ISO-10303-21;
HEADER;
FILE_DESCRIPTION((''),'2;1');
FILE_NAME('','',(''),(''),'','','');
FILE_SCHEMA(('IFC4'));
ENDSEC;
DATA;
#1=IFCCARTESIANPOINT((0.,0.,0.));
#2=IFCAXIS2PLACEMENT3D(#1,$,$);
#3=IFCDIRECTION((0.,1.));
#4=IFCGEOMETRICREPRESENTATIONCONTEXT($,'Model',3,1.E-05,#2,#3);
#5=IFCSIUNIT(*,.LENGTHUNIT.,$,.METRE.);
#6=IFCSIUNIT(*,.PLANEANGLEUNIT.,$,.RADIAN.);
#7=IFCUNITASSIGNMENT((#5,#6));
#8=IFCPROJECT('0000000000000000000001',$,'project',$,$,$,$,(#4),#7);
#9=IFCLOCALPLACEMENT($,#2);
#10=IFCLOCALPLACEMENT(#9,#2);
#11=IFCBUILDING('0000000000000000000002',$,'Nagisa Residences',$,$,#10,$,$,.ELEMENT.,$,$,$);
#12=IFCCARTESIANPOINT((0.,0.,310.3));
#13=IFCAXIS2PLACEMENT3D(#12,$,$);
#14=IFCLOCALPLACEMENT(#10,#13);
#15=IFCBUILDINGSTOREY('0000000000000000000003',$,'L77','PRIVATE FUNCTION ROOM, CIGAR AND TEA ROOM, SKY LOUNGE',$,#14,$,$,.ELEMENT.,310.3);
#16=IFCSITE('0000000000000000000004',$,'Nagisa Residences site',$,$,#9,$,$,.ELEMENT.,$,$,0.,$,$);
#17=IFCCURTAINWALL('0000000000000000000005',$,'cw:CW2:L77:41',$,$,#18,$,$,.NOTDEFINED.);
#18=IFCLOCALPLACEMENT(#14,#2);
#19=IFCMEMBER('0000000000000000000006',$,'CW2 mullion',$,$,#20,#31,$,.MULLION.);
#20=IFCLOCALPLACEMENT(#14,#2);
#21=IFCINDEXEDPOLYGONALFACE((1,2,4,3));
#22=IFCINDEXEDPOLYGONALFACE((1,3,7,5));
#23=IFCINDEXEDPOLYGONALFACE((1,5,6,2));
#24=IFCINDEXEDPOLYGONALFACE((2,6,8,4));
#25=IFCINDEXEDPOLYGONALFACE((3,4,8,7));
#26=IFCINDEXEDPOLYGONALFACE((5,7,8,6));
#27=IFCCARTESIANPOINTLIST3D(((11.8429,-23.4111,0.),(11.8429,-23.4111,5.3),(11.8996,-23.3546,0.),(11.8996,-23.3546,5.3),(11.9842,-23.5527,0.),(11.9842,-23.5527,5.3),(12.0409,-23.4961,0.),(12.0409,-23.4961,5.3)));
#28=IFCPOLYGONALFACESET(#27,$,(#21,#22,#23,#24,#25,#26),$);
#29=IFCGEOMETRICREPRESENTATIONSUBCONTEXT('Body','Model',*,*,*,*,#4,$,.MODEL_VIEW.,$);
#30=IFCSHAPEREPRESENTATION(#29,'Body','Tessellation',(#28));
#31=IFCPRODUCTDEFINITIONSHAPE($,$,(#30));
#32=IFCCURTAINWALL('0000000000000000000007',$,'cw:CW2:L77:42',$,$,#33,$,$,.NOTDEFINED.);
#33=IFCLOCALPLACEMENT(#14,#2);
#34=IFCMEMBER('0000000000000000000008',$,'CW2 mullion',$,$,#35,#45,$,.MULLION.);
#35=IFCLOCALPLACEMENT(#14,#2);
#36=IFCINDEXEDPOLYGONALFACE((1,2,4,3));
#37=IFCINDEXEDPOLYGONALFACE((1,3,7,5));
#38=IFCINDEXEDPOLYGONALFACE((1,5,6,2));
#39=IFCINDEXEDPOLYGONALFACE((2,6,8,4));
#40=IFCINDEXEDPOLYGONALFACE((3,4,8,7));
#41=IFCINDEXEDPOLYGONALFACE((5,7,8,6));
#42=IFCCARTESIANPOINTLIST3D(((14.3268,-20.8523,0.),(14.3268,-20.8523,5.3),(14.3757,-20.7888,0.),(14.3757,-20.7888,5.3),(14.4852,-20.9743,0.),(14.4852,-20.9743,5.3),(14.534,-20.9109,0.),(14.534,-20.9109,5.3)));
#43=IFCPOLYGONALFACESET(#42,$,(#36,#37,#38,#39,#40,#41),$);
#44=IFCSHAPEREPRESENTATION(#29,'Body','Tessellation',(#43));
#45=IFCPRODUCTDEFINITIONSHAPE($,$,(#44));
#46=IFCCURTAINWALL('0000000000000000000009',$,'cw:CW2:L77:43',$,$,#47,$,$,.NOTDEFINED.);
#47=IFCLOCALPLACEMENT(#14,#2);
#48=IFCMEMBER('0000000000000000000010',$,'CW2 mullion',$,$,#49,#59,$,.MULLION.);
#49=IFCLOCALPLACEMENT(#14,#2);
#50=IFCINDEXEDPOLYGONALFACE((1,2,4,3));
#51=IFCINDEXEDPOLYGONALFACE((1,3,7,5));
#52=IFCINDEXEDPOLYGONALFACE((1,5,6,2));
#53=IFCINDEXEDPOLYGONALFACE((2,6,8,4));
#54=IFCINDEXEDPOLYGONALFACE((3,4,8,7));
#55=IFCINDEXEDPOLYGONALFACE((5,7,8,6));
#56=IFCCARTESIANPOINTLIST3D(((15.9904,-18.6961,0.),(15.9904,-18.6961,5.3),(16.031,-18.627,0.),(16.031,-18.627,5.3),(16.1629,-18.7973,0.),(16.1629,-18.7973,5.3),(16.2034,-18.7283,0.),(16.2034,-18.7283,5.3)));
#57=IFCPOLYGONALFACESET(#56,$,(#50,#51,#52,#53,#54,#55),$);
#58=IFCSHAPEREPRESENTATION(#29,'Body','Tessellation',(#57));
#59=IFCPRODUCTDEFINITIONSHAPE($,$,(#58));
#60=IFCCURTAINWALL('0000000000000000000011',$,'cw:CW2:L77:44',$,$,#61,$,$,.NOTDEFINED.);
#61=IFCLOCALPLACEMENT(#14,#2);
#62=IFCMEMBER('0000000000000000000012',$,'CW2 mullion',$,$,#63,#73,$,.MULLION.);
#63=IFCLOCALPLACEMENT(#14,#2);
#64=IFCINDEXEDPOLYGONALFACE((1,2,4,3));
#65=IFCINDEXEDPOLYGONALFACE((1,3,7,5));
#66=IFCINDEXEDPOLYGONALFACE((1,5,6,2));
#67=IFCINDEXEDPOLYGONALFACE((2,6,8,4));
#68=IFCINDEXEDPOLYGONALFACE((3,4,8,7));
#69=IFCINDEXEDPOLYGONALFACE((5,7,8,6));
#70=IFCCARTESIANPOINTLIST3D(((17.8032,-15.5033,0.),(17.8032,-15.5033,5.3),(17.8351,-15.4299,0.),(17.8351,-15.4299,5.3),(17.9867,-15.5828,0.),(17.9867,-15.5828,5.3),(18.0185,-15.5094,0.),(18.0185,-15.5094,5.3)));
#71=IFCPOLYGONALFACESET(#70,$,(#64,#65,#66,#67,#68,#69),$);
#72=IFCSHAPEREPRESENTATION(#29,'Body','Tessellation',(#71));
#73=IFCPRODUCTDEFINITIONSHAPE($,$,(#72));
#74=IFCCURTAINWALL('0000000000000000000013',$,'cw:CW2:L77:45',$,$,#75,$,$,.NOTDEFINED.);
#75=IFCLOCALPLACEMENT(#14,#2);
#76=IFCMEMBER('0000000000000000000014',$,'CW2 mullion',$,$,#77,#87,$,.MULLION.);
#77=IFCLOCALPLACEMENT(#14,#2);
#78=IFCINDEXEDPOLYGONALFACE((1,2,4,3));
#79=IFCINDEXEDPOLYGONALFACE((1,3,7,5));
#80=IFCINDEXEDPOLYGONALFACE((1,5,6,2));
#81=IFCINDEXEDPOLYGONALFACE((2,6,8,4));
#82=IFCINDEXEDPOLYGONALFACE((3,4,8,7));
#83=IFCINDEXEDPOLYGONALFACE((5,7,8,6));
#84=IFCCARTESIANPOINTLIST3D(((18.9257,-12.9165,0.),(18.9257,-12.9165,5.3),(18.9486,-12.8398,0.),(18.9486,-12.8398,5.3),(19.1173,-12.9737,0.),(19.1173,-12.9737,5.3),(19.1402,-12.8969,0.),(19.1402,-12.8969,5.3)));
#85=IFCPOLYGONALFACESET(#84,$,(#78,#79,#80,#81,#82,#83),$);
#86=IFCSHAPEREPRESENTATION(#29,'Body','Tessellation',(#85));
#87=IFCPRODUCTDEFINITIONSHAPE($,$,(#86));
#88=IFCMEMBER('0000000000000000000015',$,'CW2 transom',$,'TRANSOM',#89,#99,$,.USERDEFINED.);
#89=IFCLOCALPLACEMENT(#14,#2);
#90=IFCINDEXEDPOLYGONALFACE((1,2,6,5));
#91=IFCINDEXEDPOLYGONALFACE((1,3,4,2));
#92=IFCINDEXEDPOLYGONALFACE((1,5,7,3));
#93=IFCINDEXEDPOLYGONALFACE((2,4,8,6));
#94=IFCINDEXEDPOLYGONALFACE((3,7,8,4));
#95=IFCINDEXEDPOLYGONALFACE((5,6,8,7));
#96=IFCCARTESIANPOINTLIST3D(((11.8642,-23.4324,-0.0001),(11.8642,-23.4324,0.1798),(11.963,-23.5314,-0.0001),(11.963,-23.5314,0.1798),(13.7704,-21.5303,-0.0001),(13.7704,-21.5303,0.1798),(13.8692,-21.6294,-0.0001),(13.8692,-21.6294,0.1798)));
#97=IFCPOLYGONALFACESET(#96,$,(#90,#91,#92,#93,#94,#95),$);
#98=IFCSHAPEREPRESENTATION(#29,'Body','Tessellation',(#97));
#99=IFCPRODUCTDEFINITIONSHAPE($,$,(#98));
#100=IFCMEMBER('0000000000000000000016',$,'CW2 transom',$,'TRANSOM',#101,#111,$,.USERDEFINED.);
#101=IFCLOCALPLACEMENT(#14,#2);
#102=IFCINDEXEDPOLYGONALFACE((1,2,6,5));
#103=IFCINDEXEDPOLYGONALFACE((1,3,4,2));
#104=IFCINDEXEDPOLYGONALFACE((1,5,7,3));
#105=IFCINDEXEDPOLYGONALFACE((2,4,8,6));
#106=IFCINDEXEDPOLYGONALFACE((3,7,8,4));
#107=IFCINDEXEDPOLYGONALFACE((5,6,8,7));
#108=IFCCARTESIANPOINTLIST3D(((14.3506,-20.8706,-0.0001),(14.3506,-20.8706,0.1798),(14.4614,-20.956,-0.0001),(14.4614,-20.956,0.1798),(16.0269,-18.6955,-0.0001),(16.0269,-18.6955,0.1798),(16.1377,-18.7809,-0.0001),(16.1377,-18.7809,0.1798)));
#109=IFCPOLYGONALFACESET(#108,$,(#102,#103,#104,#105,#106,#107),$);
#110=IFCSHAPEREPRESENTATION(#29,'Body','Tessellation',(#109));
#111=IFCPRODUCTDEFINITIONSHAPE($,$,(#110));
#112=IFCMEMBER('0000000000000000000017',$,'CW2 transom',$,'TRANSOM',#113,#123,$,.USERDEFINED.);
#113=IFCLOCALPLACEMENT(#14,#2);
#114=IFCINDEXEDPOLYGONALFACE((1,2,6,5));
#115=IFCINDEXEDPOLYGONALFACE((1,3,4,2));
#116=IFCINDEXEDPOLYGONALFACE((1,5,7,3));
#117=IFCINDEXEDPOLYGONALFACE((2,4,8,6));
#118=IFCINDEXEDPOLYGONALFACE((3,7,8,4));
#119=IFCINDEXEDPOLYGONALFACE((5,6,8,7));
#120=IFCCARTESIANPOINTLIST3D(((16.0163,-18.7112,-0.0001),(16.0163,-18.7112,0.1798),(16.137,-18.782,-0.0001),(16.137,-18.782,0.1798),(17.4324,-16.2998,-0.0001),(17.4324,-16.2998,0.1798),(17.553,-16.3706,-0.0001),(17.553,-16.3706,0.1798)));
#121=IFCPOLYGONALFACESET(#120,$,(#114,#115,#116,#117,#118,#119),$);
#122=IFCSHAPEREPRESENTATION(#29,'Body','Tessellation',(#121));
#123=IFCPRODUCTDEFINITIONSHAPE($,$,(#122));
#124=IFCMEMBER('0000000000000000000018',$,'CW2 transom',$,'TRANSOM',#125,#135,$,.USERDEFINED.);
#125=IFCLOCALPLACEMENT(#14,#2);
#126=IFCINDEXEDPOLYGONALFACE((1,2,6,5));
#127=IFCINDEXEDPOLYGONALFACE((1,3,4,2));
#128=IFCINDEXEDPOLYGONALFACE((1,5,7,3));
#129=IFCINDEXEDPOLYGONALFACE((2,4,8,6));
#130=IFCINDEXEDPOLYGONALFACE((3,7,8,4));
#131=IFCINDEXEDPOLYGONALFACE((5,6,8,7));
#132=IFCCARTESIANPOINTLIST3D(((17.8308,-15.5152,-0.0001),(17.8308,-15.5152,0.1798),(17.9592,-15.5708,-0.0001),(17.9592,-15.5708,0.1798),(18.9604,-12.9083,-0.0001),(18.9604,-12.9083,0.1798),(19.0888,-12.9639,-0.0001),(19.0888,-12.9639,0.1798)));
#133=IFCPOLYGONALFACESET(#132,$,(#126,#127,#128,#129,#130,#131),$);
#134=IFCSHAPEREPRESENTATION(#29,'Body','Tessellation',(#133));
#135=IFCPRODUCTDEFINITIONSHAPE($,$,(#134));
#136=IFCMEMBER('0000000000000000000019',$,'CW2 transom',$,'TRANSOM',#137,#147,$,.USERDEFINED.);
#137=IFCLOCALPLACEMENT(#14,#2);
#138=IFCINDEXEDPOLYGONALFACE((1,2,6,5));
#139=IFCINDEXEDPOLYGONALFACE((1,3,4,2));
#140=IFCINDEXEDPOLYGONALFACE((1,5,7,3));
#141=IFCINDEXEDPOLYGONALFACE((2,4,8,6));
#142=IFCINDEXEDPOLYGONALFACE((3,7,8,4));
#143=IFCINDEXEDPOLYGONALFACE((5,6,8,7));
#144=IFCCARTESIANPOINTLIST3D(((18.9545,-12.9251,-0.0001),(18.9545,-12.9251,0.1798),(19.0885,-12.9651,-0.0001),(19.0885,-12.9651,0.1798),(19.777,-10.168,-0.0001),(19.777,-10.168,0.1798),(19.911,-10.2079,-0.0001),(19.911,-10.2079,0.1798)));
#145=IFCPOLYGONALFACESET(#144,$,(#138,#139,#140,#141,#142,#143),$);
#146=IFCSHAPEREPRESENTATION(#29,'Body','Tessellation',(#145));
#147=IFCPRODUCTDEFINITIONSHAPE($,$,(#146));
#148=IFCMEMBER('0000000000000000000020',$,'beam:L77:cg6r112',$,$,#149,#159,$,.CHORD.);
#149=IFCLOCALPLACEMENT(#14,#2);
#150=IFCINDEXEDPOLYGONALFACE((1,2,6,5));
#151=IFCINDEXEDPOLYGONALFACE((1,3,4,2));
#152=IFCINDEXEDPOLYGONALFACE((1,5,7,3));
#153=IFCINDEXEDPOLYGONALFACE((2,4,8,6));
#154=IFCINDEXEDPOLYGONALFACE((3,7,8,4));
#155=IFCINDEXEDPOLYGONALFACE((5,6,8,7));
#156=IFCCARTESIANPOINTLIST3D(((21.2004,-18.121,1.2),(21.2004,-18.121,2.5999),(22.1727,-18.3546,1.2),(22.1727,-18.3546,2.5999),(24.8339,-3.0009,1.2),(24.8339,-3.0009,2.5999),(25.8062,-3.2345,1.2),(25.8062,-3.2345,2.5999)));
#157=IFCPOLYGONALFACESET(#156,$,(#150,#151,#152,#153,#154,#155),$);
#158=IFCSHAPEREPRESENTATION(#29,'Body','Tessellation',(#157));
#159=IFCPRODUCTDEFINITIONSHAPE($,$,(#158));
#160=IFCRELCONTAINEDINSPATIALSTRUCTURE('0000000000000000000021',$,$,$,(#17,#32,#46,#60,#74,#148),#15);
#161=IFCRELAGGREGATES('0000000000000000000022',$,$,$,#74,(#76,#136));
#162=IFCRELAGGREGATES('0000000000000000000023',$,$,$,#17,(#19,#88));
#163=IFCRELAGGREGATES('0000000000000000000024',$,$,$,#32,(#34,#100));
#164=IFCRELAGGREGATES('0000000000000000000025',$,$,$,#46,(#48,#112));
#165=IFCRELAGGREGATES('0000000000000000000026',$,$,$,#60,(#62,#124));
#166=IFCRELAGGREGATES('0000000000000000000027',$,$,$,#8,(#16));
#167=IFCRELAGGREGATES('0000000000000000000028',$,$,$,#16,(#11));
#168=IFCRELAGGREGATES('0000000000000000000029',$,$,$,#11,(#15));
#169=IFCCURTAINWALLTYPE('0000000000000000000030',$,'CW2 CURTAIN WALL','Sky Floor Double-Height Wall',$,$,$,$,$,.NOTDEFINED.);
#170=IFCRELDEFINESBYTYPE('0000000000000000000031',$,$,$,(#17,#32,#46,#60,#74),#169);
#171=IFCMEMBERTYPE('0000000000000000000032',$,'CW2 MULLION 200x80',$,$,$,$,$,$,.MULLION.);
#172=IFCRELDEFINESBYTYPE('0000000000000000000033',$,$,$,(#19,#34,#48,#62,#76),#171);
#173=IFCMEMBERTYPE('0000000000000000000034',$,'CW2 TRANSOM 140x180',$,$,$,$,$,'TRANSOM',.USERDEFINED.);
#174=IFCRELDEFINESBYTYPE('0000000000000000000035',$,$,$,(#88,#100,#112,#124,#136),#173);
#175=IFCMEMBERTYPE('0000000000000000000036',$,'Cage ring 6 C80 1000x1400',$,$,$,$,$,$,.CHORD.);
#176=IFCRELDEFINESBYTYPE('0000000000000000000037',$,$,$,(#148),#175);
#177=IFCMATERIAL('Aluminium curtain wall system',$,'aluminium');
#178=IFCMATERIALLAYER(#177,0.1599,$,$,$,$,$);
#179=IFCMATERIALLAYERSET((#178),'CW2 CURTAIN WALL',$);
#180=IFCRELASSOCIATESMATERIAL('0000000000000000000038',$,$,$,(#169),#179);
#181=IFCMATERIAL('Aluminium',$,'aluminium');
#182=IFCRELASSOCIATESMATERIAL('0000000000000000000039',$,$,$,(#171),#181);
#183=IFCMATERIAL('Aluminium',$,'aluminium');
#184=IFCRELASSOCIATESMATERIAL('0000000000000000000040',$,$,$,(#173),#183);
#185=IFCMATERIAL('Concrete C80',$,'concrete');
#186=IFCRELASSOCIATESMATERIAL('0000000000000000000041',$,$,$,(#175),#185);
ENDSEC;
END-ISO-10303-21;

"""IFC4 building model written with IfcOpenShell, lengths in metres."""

from ifc_helpers import new_model, si_unit, direction, frame, origin, origin_2d, place, context, subcontext, project, spatial, rectangle, extrude, material, layer, layer_set, material_profile, profile_set, type_object, element, aggregate, save


model = new_model("IFC4")

# Units and contexts
model_context = context("Model", 3, precision=1e-05, world=origin(), true_north=direction((0.0, 1.0)))
body_context = subcontext(model_context, "Body", "Model", "MODEL_VIEW")
ifc_project = project(units=[si_unit("LENGTHUNIT", "METRE"), si_unit("PLANEANGLEUNIT", "RADIAN")], contexts=[model_context])

# Site, building, storey
site_placement = place(None, origin())
site = spatial("IfcSite", under=ifc_project, at=site_placement, Name="Nagisa Residences site", CompositionType="ELEMENT", RefElevation=0.0)
building_placement = place(site_placement, origin())
building = spatial("IfcBuilding", under=site, at=building_placement, Name="Nagisa Residences", CompositionType="ELEMENT")
storey_placement = place(building_placement, frame((0.0, 0.0, 310.3)))
storey = spatial("IfcBuildingStorey", under=building, at=storey_placement, Name="L77", Description="PRIVATE FUNCTION ROOM, CIGAR AND TEA ROOM, SKY LOUNGE", CompositionType="ELEMENT", Elevation=310.3)

# Curtain walls, members
ifc_material_1 = material(Name="Aluminium curtain wall system", Category="aluminium")
ifc_layer_1 = layer(ifc_material_1, 0.1599)
ifc_layer_set_1 = layer_set([ifc_layer_1], Name="CW2 CURTAIN WALL")
curtain_wall_type = type_object("IfcCurtainWallType", Name="CW2 CURTAIN WALL", Description="Sky Floor Double-Height Wall", PredefinedType="NOTDEFINED", material=ifc_layer_set_1)
curtain_wall_1_placement = place(storey_placement, origin())
curtain_wall_1 = element("IfcCurtainWall", 1, at=curtain_wall_1_placement, inside=storey, type_object=curtain_wall_type, Name="cw:CW2:L77:41", PredefinedType="NOTDEFINED")
ifc_material_2 = material(Name="Aluminium", Category="aluminium")
ifc_material_profile_1 = material_profile(ifc_material_2, rectangle(XDim=0.2, YDim=0.0801, at=origin_2d()), Name="CW2 MULLION 200x80")
ifc_profile_set_1 = profile_set([ifc_material_profile_1], Name="Aluminium")
member_type_1 = type_object("IfcMemberType", Name="CW2 MULLION 200x80", PredefinedType="MULLION", material=ifc_profile_set_1)
member_1_placement = place(storey_placement, frame((11.9419, -23.4536, 0.0), z_axis=(0.0, 0.0, 1.0), x_axis=(-0.706377, 0.707836, 0.0)))
member_1 = element("IfcMember", 2, at=member_1_placement, type_object=member_type_1, Name="CW2 mullion", PredefinedType="MULLION", context=body_context, shape_type="SweptSolid", body=[
    extrude(rectangle(XDim=0.2, YDim=0.0801, at=origin_2d()), origin(), (0.0, 0.0, 1.0), 5.3),
])
curtain_wall_2_placement = place(storey_placement, origin())
curtain_wall_2 = element("IfcCurtainWall", 3, at=curtain_wall_2_placement, inside=storey, type_object=curtain_wall_type, Name="cw:CW2:L77:42", PredefinedType="NOTDEFINED")
member_2_placement = place(storey_placement, frame((14.4304, -20.8816, 0.0), z_axis=(0.0, 0.0, 1.0), x_axis=(-0.79207, 0.61043, 0.0)))
member_2 = element("IfcMember", 4, at=member_2_placement, type_object=member_type_1, Name="CW2 mullion", PredefinedType="MULLION", context=body_context, shape_type="SweptSolid", body=[
    extrude(rectangle(XDim=0.2, YDim=0.0801, at=origin_2d()), origin(), (0.0, 0.0, 1.0), 5.3),
])
curtain_wall_3_placement = place(storey_placement, origin())
curtain_wall_3 = element("IfcCurtainWall", 5, at=curtain_wall_3_placement, inside=storey, type_object=curtain_wall_type, Name="cw:CW2:L77:43", PredefinedType="NOTDEFINED")
member_3_placement = place(storey_placement, frame((16.0969, -18.7122, 0.0), z_axis=(0.0, 0.0, 1.0), x_axis=(-0.862329, 0.506349, 0.0)))
member_3 = element("IfcMember", 6, at=member_3_placement, type_object=member_type_1, Name="CW2 mullion", PredefinedType="MULLION", context=body_context, shape_type="SweptSolid", body=[
    extrude(rectangle(XDim=0.2, YDim=0.0801, at=origin_2d()), origin(), (0.0, 0.0, 1.0), 5.3),
])
curtain_wall_4_placement = place(storey_placement, origin())
curtain_wall_4 = element("IfcCurtainWall", 7, at=curtain_wall_4_placement, inside=storey, type_object=curtain_wall_type, Name="cw:CW2:L77:44", PredefinedType="NOTDEFINED")
member_4_placement = place(storey_placement, frame((17.9109, -15.5063, 0.0), z_axis=(0.0, 0.0, 1.0), x_axis=(-0.917543, 0.397636, 0.0)))
member_4 = element("IfcMember", 8, at=member_4_placement, type_object=member_type_1, Name="CW2 mullion", PredefinedType="MULLION", context=body_context, shape_type="SweptSolid", body=[
    extrude(rectangle(XDim=0.2, YDim=0.0801, at=origin_2d()), origin(), (0.0, 0.0, 1.0), 5.3),
])
curtain_wall_5_placement = place(storey_placement, origin())
curtain_wall_5 = element("IfcCurtainWall", 9, at=curtain_wall_5_placement, inside=storey, type_object=curtain_wall_type, Name="cw:CW2:L77:45", PredefinedType="NOTDEFINED")
member_5_placement = place(storey_placement, frame((19.033, -12.9067, 0.0), z_axis=(0.0, 0.0, 1.0), x_axis=(-0.958271, 0.28586, 0.0)))
member_5 = element("IfcMember", 10, at=member_5_placement, type_object=member_type_1, Name="CW2 mullion", PredefinedType="MULLION", context=body_context, shape_type="SweptSolid", body=[
    extrude(rectangle(XDim=0.2, YDim=0.0801, at=origin_2d()), origin(), (0.0, 0.0, 1.0), 5.3),
])

# Members
ifc_material_3 = material(Name="Aluminium", Category="aluminium")
ifc_material_profile_2 = material_profile(ifc_material_3, rectangle(XDim=0.1399, YDim=0.1799, at=origin_2d()), Name="CW2 TRANSOM 140x180")
ifc_profile_set_2 = profile_set([ifc_material_profile_2], Name="Aluminium")
member_type_2 = type_object("IfcMemberType", Name="CW2 TRANSOM 140x180", ElementType="TRANSOM", PredefinedType="USERDEFINED", material=ifc_profile_set_2)
member_6_placement = place(storey_placement, frame((11.9136, -23.4819, 0.0898), z_axis=(0.707877, 0.706336, 0.0), x_axis=(-0.706336, 0.707877, 0.0)))
member_6 = element("IfcMember", 11, at=member_6_placement, type_object=member_type_2, Name="CW2 transom", ObjectType="TRANSOM", PredefinedType="USERDEFINED", context=body_context, shape_type="SweptSolid", body=[
    extrude(rectangle(XDim=0.1399, YDim=0.1799, at=origin_2d()), origin(), (0.0, 0.0, 1.0), 2.6929),
])
member_7_placement = place(storey_placement, frame((14.406, -20.9133, 0.0898), z_axis=(0.610432, 0.792068, 0.0), x_axis=(-0.792068, 0.610432, 0.0)))
member_7 = element("IfcMember", 12, at=member_7_placement, type_object=member_type_2, Name="CW2 transom", ObjectType="TRANSOM", PredefinedType="USERDEFINED", context=body_context, shape_type="SweptSolid", body=[
    extrude(rectangle(XDim=0.1399, YDim=0.1799, at=origin_2d()), origin(), (0.0, 0.0, 1.0), 2.7461),
])
member_8_placement = place(storey_placement, frame((16.0767, -18.7466, 0.0898), z_axis=(0.506371, 0.862316, 0.0), x_axis=(-0.862316, 0.506371, 0.0)))
member_8 = element("IfcMember", 13, at=member_8_placement, type_object=member_type_2, Name="CW2 transom", ObjectType="TRANSOM", PredefinedType="USERDEFINED", context=body_context, shape_type="SweptSolid", body=[
    extrude(rectangle(XDim=0.1399, YDim=0.1799, at=origin_2d()), origin(), (0.0, 0.0, 1.0), 2.7964),
])
member_9_placement = place(storey_placement, frame((17.895, -15.543, 0.0898), z_axis=(0.397598, 0.91756, 0.0), x_axis=(-0.91756, 0.397598, 0.0)))
member_9 = element("IfcMember", 14, at=member_9_placement, type_object=member_type_2, Name="CW2 transom", ObjectType="TRANSOM", PredefinedType="USERDEFINED", context=body_context, shape_type="SweptSolid", body=[
    extrude(rectangle(XDim=0.1399, YDim=0.1799, at=origin_2d()), origin(), (0.0, 0.0, 1.0), 2.8411),
])
member_10_placement = place(storey_placement, frame((19.0215, -12.9451, 0.0898), z_axis=(0.285876, 0.958267, 0.0), x_axis=(-0.958267, 0.285876, 0.0)))
member_10 = element("IfcMember", 15, at=member_10_placement, type_object=member_type_2, Name="CW2 transom", ObjectType="TRANSOM", PredefinedType="USERDEFINED", context=body_context, shape_type="SweptSolid", body=[
    extrude(rectangle(XDim=0.1399, YDim=0.1799, at=origin_2d()), origin(), (0.0, 0.0, 1.0), 2.8772),
])
aggregate(curtain_wall_5, [member_5, member_10])

# Member
ifc_material_4 = material(Name="Concrete C80", Category="concrete")
ifc_material_profile_3 = material_profile(ifc_material_4, rectangle(XDim=1.0, YDim=1.3999, at=origin_2d()), Name="C80 1000x1400")
ifc_profile_set_3 = profile_set([ifc_material_profile_3], Name="Concrete C80")
member_type_3 = type_object("IfcMemberType", Name="Cage ring 6 C80 1000x1400", PredefinedType="CHORD", material=ifc_profile_set_3)
member_11_placement = place(storey_placement, frame((21.6865, -18.2378, 1.8999), z_axis=(0.23366, 0.972318, 0.0), x_axis=(-0.972318, 0.23366, 0.0)))
element("IfcMember", 16, at=member_11_placement, inside=storey, type_object=member_type_3, Name="beam:L77:cg6r112", PredefinedType="CHORD", context=body_context, shape_type="SweptSolid", body=[
    extrude(rectangle(XDim=1.0, YDim=1.3999, at=origin_2d()), origin(), (0.0, 0.0, 1.0), 15.5505),
])

aggregate(curtain_wall_1, [member_1, member_6])
aggregate(curtain_wall_2, [member_2, member_7])
aggregate(curtain_wall_3, [member_3, member_8])
aggregate(curtain_wall_4, [member_4, member_9])

save(model, "model.ifc")
